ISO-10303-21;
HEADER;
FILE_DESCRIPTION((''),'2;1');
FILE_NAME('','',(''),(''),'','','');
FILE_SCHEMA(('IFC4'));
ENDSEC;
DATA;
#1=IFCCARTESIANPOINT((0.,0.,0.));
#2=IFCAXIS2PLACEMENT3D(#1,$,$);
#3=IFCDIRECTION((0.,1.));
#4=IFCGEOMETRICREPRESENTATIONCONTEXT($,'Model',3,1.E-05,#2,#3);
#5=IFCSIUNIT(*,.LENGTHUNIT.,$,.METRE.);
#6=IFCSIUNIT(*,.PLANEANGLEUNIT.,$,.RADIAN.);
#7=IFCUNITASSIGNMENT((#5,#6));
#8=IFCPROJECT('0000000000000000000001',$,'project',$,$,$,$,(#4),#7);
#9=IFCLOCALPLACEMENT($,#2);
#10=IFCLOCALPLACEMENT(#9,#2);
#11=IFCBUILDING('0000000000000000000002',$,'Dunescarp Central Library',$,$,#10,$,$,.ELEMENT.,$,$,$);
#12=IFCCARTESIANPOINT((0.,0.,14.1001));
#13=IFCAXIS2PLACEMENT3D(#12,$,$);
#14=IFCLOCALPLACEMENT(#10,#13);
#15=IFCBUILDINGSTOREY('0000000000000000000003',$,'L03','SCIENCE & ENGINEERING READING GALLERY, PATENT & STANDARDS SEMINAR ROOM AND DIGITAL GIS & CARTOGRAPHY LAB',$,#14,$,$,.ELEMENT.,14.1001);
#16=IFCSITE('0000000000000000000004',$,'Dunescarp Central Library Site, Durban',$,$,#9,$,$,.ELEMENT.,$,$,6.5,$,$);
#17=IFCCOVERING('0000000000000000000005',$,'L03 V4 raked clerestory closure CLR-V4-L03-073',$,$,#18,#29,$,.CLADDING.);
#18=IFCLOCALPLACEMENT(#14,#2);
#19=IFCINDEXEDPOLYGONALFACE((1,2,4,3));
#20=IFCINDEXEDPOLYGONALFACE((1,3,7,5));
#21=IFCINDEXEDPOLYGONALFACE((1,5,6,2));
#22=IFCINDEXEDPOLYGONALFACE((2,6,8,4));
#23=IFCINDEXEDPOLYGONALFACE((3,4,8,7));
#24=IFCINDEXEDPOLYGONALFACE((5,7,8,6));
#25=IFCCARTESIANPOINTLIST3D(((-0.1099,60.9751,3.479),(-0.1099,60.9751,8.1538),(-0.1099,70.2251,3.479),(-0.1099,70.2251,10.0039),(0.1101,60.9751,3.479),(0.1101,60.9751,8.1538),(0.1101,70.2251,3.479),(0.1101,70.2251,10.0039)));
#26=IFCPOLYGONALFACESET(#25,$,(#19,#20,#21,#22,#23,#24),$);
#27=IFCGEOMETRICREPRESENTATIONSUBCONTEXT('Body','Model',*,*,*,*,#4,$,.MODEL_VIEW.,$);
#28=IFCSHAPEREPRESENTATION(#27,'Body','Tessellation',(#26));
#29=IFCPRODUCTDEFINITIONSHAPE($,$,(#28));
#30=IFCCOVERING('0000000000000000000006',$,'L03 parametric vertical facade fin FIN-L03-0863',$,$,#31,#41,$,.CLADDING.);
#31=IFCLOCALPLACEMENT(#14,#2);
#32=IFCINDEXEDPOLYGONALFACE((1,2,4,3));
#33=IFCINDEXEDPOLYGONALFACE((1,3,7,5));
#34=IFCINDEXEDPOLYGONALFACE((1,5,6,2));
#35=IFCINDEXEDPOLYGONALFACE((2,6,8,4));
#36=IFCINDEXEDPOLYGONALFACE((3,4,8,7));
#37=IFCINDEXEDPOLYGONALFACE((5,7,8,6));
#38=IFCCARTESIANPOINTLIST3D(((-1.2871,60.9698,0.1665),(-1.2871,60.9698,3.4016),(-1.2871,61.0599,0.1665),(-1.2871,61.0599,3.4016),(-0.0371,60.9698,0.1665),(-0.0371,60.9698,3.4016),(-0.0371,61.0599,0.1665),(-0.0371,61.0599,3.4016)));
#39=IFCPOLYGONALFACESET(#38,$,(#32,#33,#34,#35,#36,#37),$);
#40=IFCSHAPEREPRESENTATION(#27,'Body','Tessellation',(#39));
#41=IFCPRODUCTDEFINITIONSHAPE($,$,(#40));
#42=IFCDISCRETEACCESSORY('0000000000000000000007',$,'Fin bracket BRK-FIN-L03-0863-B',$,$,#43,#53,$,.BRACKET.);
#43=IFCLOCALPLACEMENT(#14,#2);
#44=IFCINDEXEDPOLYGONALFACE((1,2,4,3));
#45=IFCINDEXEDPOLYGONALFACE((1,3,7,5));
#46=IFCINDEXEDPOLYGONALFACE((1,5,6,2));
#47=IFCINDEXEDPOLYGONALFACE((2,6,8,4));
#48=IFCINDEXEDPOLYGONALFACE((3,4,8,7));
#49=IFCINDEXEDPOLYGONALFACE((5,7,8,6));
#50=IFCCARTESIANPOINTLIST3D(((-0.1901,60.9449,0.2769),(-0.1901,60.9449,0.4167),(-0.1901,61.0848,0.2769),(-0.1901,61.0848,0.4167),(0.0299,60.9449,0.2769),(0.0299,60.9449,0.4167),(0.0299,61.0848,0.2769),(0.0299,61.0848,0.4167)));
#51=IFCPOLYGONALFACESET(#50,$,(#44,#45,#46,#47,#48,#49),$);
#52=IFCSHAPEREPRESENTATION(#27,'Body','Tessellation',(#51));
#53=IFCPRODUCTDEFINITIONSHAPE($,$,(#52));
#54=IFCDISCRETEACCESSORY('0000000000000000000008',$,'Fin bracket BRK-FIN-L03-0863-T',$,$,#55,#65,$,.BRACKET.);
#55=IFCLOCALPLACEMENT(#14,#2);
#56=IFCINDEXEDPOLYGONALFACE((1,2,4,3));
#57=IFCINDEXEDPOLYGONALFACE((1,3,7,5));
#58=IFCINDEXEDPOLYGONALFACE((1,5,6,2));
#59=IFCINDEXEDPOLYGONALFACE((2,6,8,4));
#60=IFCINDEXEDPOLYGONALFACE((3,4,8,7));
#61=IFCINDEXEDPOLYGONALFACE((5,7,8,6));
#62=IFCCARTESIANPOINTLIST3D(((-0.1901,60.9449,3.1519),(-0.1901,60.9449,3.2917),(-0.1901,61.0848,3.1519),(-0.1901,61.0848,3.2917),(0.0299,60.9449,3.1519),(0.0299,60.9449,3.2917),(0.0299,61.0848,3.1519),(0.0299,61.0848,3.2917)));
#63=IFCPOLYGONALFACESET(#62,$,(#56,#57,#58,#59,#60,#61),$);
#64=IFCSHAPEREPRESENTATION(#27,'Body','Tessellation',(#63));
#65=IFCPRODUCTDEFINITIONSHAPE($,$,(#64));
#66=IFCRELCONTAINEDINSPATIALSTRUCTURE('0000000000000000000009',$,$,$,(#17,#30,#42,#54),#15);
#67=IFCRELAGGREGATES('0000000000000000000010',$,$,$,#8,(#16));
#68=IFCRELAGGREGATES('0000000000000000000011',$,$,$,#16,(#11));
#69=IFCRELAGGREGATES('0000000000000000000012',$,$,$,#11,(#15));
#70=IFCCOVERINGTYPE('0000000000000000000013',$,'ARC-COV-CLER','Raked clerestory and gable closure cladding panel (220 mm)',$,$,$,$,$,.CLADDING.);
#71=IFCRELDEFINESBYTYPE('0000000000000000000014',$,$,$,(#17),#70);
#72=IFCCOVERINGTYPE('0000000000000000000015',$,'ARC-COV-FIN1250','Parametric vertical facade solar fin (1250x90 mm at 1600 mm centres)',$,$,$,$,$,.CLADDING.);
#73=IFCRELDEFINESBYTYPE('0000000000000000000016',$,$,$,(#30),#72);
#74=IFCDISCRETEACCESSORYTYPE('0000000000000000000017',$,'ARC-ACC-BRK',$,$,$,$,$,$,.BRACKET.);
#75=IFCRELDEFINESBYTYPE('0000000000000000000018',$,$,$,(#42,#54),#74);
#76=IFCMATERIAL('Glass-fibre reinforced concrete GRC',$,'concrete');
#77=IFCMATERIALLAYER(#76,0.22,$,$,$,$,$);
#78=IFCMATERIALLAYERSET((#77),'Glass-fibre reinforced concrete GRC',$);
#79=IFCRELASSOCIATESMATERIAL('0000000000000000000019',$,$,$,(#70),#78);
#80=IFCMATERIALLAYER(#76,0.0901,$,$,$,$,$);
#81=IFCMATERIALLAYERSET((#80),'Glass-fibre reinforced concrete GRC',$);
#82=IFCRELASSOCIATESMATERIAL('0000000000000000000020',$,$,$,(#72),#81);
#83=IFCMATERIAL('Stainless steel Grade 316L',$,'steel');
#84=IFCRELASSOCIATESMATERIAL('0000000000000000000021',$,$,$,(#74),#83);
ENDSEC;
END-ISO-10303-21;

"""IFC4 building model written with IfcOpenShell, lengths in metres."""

from ifc_helpers import new_model, si_unit, direction, frame, origin, origin_2d, place, context, subcontext, project, spatial, polyline, rectangle, outline, extrude, material, layer, layer_set, type_object, element, save


model = new_model("IFC4")

# Units and contexts
model_context = context("Model", 3, precision=1e-05, world=origin(), true_north=direction((0.0, 1.0)))
body_context = subcontext(model_context, "Body", "Model", "MODEL_VIEW")
ifc_project = project(units=[si_unit("LENGTHUNIT", "METRE"), si_unit("PLANEANGLEUNIT", "RADIAN")], contexts=[model_context])

# Site, building, storey
site_placement = place(None, origin())
site = spatial("IfcSite", under=ifc_project, at=site_placement, Name="Dunescarp Central Library Site, Durban", CompositionType="ELEMENT", RefElevation=6.5)
building_placement = place(site_placement, origin())
building = spatial("IfcBuilding", under=site, at=building_placement, Name="Dunescarp Central Library", CompositionType="ELEMENT")
storey_placement = place(building_placement, frame((0.0, 0.0, 14.1001)))
storey = spatial("IfcBuildingStorey", under=building, at=storey_placement, Name="L03", Description="SCIENCE & ENGINEERING READING GALLERY, PATENT & STANDARDS SEMINAR ROOM AND DIGITAL GIS & CARTOGRAPHY LAB", CompositionType="ELEMENT", Elevation=14.1001)

# Coverings
ifc_material_1 = material(Name="Glass-fibre reinforced concrete GRC", Category="concrete")
ifc_layer_1 = layer(ifc_material_1, 0.22)
ifc_layer_set_1 = layer_set([ifc_layer_1], Name="Glass-fibre reinforced concrete GRC")
covering_type_1 = type_object("IfcCoveringType", Name="ARC-COV-CLER", Description="Raked clerestory and gable closure cladding panel (220 mm)", PredefinedType="CLADDING", material=ifc_layer_set_1)
covering_1_placement = place(storey_placement, frame((0.0, 60.9751, 3.479), z_axis=(0.0, 0.0, 1.0), x_axis=(0.0, 1.0, 0.0)))
element("IfcCovering", 1, at=covering_1_placement, inside=storey, type_object=covering_type_1, Name="L03 V4 raked clerestory closure CLR-V4-L03-073", PredefinedType="CLADDING", context=body_context, shape_type="SweptSolid", body=[
    extrude(outline(polyline([(0.0, 0.0), (9.25, 0.0), (9.25, 6.5249), (0.0, 4.6748), (0.0, 0.0)])), frame((0.0, 0.1099, 0.0), z_axis=(0.0, -1.0, 0.0), x_axis=(1.0, 0.0, 0.0)), (0.0, 0.0, 1.0), 0.22),
])
ifc_layer_2 = layer(ifc_material_1, 0.0901)
ifc_layer_set_2 = layer_set([ifc_layer_2], Name="Glass-fibre reinforced concrete GRC")
covering_type_2 = type_object("IfcCoveringType", Name="ARC-COV-FIN1250", Description="Parametric vertical facade solar fin (1250x90 mm at 1600 mm centres)", PredefinedType="CLADDING", material=ifc_layer_set_2)
covering_2_placement = place(storey_placement, frame((-0.6621, 61.0149, 0.1665), z_axis=(0.0, 0.0, 1.0), x_axis=(-1.0, 0.0, 0.0)))
element("IfcCovering", 2, at=covering_2_placement, inside=storey, type_object=covering_type_2, Name="L03 parametric vertical facade fin FIN-L03-0863", PredefinedType="CLADDING", context=body_context, shape_type="SweptSolid", body=[
    extrude(rectangle(XDim=1.25, YDim=0.0901, at=origin_2d()), origin(), (0.0, 0.0, 1.0), 3.2351),
])

# Discrete accessories
ifc_material_2 = material(Name="Stainless steel Grade 316L", Category="steel")
discrete_accessory_type = type_object("IfcDiscreteAccessoryType", Name="ARC-ACC-BRK", PredefinedType="BRACKET", material=ifc_material_2)
for number, where, z_axis, x_axis, name in (
    (3, (-0.0801, 61.0149, 0.2769), (0.0, 0.0, 1.0), (-1.0, 0.0, 0.0), "Fin bracket BRK-FIN-L03-0863-B"),
    (4, (-0.0801, 61.0149, 3.1519), (0.0, 0.0, 1.0), (-1.0, 0.0, 0.0), "Fin bracket BRK-FIN-L03-0863-T"),
):
    element("IfcDiscreteAccessory", number, at=place(storey_placement, frame(where, z_axis=z_axis, x_axis=x_axis)), inside=storey, type_object=discrete_accessory_type, Name=name, PredefinedType="BRACKET", context=body_context, shape_type="SweptSolid", body=[
        extrude(rectangle(XDim=0.22, YDim=0.1399, at=origin_2d()), origin(), (0.0, 0.0, 1.0), 0.1399),
    ])

save(model, "model.ifc")
